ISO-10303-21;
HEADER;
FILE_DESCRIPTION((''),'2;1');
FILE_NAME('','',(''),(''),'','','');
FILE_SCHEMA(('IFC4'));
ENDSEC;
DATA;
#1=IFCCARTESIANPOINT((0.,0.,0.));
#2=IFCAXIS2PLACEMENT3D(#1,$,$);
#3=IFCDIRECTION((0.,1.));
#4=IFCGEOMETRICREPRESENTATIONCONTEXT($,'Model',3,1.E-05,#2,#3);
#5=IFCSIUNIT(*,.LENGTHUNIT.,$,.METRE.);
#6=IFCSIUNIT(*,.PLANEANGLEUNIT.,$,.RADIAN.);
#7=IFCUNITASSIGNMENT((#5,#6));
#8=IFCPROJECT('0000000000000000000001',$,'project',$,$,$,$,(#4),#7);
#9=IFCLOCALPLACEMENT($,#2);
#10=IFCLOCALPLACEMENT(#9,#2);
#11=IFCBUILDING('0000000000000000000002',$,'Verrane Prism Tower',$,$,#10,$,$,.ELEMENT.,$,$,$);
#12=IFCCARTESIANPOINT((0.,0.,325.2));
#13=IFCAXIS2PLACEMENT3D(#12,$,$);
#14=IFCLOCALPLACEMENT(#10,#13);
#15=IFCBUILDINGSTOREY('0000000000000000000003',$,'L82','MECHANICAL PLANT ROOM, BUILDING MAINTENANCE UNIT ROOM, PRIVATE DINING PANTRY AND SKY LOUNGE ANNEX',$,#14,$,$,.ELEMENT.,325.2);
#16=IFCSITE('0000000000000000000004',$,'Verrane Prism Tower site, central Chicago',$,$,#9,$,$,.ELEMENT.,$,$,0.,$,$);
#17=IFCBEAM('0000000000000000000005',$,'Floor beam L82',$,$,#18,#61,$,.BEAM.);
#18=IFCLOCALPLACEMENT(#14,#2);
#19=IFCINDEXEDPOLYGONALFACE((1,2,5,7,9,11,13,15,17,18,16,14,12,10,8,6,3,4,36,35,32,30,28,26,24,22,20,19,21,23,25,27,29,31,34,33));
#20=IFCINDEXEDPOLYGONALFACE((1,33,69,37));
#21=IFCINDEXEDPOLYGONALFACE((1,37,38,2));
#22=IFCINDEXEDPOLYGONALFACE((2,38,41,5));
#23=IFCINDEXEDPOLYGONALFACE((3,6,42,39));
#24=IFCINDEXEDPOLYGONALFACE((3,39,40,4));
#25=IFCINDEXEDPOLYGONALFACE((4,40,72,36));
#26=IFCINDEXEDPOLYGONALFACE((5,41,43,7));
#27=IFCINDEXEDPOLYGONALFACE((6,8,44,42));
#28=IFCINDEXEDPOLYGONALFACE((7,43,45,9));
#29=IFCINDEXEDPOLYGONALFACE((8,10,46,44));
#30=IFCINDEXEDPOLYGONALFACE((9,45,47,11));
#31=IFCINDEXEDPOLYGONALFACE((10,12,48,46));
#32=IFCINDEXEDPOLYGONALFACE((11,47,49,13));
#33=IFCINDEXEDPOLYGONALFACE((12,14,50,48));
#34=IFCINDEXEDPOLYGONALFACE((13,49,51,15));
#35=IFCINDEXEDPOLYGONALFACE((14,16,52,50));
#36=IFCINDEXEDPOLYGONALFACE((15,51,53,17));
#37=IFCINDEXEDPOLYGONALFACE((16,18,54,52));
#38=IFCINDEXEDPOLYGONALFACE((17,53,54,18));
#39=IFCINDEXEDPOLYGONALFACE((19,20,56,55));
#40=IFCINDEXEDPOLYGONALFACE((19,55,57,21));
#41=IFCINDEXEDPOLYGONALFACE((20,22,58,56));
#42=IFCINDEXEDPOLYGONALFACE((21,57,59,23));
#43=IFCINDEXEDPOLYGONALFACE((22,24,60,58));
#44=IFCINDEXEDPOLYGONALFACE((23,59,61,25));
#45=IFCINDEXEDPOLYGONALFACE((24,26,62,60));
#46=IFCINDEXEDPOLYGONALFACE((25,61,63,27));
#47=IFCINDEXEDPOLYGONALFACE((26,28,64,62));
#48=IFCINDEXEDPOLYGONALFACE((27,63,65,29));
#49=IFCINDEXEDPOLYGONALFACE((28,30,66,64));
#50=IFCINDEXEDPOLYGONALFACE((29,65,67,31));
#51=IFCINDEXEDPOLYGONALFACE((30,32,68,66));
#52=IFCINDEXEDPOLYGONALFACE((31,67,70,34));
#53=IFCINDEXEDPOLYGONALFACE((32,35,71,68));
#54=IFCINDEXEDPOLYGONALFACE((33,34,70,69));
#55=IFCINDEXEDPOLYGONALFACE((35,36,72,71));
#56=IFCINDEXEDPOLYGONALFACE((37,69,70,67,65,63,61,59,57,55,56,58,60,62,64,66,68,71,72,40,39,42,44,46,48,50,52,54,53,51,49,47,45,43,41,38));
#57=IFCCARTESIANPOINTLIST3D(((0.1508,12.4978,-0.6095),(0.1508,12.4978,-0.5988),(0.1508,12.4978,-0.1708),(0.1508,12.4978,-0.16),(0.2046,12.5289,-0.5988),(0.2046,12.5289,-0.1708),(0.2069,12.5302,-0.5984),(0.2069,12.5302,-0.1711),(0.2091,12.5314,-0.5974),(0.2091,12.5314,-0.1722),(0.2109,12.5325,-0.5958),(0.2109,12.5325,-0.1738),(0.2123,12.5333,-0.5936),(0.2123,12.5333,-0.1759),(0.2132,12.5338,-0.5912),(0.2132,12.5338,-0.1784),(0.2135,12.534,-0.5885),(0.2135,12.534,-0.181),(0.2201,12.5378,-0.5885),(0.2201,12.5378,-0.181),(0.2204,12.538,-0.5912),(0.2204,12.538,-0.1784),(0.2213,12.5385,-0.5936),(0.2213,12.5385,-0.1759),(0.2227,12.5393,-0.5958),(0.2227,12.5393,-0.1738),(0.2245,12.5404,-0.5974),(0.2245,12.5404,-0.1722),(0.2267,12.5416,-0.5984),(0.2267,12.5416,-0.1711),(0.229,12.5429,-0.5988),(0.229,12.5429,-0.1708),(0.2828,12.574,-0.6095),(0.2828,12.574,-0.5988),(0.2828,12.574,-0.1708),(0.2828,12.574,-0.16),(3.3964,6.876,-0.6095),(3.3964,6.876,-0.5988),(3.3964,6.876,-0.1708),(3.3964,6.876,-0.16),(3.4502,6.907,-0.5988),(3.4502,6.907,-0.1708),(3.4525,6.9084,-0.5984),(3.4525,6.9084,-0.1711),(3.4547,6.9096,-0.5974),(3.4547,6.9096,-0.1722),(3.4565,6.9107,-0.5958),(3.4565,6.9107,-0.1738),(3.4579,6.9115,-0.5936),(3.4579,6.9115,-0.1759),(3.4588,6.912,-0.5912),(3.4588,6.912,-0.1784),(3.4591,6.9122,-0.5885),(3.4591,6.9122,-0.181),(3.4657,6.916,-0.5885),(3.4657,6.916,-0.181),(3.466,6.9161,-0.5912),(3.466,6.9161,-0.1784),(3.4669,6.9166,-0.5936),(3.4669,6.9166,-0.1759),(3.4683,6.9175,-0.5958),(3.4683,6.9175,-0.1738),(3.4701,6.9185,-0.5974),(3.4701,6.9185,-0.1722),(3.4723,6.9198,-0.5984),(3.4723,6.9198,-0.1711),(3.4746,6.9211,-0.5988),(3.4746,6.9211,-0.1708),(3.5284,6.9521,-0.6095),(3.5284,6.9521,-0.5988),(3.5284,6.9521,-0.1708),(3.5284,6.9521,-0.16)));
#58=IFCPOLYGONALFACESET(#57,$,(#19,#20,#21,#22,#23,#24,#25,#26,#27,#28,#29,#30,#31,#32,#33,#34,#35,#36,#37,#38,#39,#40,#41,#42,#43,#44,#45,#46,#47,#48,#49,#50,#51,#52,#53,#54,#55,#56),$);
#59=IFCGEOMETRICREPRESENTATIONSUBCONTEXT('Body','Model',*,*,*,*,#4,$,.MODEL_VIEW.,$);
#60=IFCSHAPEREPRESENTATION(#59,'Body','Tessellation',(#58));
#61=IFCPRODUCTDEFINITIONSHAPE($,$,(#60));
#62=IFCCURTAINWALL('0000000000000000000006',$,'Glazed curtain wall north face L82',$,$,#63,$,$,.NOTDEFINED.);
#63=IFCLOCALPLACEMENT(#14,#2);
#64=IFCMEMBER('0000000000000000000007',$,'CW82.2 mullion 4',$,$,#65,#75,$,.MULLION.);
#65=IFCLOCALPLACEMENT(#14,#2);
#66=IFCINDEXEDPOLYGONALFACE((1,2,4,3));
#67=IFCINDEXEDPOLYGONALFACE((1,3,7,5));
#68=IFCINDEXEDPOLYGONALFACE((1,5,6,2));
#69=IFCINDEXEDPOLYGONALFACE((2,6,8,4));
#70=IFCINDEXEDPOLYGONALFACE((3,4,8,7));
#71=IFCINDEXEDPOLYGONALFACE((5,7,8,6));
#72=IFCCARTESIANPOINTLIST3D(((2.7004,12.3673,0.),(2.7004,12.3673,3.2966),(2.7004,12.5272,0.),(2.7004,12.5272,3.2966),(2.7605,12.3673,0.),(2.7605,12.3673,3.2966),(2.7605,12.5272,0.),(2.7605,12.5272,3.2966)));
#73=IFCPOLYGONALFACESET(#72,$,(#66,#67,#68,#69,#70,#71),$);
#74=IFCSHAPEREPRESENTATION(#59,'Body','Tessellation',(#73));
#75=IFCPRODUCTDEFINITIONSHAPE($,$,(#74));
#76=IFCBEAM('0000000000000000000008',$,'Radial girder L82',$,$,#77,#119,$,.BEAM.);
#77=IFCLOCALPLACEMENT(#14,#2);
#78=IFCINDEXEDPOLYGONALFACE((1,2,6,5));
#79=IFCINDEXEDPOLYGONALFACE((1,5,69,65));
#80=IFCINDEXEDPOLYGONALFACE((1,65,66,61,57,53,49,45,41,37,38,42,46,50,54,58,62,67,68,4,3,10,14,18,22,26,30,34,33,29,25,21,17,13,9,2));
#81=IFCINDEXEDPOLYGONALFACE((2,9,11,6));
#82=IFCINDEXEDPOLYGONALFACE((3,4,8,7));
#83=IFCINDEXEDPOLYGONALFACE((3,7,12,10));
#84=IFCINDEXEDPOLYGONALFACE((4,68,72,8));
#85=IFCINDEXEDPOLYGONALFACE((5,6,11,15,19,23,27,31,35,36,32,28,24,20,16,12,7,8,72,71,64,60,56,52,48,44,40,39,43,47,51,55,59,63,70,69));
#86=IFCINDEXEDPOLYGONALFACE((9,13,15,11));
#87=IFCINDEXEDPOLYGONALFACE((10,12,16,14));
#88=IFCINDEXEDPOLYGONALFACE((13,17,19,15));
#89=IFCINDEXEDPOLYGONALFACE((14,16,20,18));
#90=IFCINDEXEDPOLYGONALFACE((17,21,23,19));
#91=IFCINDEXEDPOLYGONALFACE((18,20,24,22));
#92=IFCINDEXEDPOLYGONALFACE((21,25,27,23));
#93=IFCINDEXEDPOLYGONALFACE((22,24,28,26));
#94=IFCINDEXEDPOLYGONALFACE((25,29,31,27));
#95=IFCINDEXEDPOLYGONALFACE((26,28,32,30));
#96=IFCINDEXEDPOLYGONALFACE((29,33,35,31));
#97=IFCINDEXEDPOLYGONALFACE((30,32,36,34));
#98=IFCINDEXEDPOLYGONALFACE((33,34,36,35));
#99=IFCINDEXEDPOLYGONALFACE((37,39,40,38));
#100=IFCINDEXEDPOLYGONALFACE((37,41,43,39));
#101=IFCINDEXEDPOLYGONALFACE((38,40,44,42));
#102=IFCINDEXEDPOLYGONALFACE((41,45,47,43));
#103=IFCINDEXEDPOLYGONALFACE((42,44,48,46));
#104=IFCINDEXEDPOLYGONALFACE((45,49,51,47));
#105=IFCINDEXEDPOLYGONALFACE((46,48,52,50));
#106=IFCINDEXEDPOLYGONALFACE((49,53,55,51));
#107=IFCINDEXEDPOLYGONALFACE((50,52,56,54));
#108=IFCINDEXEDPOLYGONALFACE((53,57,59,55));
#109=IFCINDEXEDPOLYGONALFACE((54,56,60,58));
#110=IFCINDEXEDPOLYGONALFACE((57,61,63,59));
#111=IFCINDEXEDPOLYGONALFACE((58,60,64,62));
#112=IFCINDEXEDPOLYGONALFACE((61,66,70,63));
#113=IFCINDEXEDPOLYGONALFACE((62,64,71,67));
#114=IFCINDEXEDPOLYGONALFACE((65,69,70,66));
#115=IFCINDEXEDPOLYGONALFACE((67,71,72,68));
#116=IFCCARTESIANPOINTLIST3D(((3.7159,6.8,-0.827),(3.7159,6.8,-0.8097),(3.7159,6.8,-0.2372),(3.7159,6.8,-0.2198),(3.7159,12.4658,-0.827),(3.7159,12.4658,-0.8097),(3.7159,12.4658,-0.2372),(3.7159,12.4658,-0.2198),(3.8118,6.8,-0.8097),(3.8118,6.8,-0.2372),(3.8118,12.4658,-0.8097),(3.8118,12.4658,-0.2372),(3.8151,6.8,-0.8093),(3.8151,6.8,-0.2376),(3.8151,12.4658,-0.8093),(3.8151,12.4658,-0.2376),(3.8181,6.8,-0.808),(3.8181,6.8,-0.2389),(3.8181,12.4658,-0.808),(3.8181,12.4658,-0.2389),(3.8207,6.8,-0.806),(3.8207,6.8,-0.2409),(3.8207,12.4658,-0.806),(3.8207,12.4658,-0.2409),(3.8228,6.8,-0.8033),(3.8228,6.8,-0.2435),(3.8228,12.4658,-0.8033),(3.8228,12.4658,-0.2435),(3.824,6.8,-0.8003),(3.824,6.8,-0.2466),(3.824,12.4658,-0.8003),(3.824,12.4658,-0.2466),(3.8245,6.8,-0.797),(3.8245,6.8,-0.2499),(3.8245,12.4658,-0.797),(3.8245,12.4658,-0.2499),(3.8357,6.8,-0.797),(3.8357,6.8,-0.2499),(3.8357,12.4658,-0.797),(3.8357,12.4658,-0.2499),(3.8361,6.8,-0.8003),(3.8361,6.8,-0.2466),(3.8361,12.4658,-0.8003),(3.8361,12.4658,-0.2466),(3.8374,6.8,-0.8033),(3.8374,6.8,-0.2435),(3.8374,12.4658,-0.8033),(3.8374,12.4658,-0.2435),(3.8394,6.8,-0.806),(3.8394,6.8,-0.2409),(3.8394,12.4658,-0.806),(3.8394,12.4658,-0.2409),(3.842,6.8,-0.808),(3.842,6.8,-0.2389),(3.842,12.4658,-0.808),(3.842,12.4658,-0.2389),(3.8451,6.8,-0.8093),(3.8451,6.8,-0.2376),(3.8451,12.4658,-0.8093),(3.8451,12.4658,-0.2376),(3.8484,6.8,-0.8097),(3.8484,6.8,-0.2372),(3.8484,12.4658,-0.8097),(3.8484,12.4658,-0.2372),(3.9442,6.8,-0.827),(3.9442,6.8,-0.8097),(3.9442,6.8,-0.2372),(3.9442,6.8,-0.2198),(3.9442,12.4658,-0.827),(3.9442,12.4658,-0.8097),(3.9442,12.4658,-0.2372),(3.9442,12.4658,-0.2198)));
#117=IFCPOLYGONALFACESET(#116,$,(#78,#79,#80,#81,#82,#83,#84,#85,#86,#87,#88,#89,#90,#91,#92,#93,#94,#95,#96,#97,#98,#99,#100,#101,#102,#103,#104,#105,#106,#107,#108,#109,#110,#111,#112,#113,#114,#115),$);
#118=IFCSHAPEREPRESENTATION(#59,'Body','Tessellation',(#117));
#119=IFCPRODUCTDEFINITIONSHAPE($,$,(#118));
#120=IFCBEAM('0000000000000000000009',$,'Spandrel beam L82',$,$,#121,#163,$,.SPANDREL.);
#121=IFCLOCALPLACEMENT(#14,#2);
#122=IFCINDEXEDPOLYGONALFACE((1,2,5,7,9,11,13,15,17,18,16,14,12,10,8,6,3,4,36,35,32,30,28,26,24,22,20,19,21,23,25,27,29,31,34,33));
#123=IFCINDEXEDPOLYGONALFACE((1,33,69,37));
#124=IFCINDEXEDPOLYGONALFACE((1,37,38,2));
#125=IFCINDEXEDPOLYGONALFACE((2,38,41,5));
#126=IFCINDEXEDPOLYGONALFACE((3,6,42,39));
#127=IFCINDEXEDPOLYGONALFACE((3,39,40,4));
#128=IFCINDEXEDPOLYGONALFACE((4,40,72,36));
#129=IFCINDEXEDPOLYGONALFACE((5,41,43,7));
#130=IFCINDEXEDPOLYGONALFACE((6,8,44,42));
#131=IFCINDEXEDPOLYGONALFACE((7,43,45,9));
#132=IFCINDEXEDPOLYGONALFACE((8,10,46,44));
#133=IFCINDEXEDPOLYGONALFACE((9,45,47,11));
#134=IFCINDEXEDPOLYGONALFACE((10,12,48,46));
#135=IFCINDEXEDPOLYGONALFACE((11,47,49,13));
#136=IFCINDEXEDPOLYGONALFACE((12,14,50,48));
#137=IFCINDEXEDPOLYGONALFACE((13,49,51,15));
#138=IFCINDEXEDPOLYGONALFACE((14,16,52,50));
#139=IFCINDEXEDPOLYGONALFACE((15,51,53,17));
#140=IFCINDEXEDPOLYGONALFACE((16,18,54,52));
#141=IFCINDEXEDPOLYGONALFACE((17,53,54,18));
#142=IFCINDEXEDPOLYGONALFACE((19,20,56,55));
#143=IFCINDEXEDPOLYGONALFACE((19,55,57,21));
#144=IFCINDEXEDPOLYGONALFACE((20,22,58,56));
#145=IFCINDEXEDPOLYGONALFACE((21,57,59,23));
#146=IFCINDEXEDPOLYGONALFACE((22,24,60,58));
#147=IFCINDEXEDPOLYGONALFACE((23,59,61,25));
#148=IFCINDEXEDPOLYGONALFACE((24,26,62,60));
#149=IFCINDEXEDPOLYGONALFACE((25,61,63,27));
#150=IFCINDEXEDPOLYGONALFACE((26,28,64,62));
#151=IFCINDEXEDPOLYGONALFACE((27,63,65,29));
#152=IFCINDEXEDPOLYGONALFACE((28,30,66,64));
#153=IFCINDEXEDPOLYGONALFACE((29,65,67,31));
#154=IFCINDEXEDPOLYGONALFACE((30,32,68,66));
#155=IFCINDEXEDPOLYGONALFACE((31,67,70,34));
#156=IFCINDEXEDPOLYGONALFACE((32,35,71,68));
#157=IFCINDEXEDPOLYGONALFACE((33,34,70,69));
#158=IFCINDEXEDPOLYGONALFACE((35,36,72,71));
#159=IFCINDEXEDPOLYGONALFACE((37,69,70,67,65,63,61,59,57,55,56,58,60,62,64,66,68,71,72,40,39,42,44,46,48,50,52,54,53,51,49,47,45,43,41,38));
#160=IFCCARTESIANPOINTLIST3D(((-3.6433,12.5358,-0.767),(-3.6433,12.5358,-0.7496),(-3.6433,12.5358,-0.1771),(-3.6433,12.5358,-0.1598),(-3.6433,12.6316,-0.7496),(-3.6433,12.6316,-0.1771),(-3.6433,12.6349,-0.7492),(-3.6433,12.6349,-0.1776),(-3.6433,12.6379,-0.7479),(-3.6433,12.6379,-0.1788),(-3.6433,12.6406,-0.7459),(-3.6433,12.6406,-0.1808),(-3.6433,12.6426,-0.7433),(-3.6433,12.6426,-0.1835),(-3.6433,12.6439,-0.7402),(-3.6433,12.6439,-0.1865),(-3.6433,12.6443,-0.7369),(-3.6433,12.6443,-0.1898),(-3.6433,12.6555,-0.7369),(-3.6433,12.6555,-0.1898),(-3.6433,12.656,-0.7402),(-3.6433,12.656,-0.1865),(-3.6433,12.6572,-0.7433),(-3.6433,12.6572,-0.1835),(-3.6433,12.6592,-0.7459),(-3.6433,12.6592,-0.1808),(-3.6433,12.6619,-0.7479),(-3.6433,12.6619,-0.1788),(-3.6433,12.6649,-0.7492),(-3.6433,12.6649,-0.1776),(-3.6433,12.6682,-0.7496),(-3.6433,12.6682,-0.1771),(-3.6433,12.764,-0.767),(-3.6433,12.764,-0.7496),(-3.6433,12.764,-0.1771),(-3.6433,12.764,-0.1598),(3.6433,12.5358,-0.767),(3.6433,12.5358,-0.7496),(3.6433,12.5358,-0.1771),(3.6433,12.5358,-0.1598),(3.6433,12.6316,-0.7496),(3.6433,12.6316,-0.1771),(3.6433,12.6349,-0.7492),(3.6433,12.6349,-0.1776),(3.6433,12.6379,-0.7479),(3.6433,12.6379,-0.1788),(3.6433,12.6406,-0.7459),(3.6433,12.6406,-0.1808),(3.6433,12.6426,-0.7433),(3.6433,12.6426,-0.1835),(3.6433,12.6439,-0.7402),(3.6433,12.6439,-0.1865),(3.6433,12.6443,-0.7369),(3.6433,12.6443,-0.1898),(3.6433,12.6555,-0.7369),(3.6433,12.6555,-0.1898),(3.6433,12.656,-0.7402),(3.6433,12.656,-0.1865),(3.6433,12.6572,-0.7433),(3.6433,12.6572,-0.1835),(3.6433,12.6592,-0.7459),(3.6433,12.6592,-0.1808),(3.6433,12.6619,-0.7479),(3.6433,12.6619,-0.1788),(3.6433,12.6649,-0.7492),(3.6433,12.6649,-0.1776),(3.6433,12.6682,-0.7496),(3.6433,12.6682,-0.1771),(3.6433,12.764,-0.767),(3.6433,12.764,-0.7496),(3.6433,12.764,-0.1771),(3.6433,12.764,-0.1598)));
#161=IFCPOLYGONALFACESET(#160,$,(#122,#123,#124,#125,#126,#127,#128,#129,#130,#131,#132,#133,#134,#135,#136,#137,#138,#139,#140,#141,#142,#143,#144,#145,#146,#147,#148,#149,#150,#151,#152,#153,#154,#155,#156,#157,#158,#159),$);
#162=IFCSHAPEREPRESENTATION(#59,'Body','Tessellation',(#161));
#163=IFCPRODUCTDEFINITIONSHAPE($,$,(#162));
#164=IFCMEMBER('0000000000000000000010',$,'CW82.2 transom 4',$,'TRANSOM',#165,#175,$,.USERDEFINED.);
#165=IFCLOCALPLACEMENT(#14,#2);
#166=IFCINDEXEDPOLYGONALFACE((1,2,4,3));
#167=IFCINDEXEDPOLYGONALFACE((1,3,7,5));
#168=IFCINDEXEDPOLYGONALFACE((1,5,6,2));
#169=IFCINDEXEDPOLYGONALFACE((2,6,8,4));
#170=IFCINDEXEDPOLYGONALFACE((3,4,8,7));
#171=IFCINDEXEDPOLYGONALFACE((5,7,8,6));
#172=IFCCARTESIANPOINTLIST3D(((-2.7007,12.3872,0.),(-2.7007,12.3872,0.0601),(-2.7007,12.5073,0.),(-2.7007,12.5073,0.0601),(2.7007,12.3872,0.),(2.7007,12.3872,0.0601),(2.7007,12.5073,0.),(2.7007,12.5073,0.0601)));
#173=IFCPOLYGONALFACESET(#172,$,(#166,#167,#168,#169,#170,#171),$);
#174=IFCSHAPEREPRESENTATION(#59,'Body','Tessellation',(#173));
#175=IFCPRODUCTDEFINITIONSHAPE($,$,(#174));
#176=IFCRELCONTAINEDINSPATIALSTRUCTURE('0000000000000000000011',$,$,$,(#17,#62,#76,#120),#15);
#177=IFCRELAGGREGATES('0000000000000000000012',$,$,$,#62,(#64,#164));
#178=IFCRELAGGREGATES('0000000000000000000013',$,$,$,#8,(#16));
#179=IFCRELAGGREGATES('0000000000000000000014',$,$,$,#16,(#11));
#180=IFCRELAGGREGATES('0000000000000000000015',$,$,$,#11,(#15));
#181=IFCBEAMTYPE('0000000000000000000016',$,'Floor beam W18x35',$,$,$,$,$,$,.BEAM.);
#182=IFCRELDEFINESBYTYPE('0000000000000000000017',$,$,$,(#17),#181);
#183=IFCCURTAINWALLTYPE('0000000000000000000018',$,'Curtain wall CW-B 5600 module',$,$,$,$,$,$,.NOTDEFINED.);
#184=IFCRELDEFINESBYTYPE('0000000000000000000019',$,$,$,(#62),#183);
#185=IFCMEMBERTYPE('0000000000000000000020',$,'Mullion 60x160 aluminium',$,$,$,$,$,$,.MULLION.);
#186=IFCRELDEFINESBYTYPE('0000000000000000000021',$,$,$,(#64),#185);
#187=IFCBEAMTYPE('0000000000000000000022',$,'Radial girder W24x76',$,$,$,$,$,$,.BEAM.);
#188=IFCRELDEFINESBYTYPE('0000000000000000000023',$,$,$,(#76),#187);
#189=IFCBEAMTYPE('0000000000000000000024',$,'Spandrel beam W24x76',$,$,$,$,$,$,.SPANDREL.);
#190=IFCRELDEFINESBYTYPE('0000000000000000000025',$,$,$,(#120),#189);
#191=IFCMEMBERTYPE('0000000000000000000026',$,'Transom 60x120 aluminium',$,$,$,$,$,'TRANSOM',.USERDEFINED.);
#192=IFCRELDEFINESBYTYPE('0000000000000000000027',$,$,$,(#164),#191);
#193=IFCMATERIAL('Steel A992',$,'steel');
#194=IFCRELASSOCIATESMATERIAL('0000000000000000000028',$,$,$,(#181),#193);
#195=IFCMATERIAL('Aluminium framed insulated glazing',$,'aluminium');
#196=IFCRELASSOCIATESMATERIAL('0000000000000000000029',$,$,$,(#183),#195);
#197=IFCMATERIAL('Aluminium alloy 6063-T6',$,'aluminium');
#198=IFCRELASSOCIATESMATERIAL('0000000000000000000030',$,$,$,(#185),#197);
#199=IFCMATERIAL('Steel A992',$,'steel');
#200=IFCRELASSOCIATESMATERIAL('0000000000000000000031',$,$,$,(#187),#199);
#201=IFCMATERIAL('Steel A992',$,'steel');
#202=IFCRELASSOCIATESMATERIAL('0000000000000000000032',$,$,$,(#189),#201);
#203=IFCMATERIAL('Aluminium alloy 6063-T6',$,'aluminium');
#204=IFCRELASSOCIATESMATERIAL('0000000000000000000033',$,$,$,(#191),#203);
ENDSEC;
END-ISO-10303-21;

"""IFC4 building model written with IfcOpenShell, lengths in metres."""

from ifc_helpers import new_model, si_unit, direction, frame, origin, origin_2d, place, context, subcontext, project, spatial, rectangle, i_section, extrude, material, material_profile, profile_set, type_object, element, aggregate, save


model = new_model("IFC4")

# Units and contexts
model_context = context("Model", 3, precision=1e-05, world=origin(), true_north=direction((0.0, 1.0)))
body_context = subcontext(model_context, "Body", "Model", "MODEL_VIEW")
ifc_project = project(units=[si_unit("LENGTHUNIT", "METRE"), si_unit("PLANEANGLEUNIT", "RADIAN")], contexts=[model_context])

# Site, building, storey
site_placement = place(None, origin())
site = spatial("IfcSite", under=ifc_project, at=site_placement, Name="Verrane Prism Tower site, central Chicago", CompositionType="ELEMENT", RefElevation=0.0)
building_placement = place(site_placement, origin())
building = spatial("IfcBuilding", under=site, at=building_placement, Name="Verrane Prism Tower", CompositionType="ELEMENT")
storey_placement = place(building_placement, frame((0.0, 0.0, 325.2)))
storey = spatial("IfcBuildingStorey", under=building, at=storey_placement, Name="L82", Description="MECHANICAL PLANT ROOM, BUILDING MAINTENANCE UNIT ROOM, PRIVATE DINING PANTRY AND SKY LOUNGE ANNEX", CompositionType="ELEMENT", Elevation=325.2)

# Beam
ifc_material_1 = material(Name="Steel A992", Category="steel")
ifc_material_profile_1 = material_profile(ifc_material_1, i_section(OverallWidth=0.1523, OverallDepth=0.4495, WebThickness=0.0076, FlangeThickness=0.0107, FilletRadius=0.0103, at=origin_2d()), Name="W18x35")
ifc_profile_set_1 = profile_set([ifc_material_profile_1], Name="Steel A992")
beam_type_1 = type_object("IfcBeamType", Name="Floor beam W18x35", PredefinedType="BEAM", material=ifc_profile_set_1)
beam_1_placement = place(storey_placement, frame((3.4624, 6.9141, -0.3848), z_axis=(-0.499982, 0.866036, 0.0), x_axis=(-0.866036, -0.499982, 0.0)))
element("IfcBeam", 1, at=beam_1_placement, inside=storey, type_object=beam_type_1, Name="Floor beam L82", PredefinedType="BEAM", context=body_context, shape_type="SweptSolid", body=[
    extrude(i_section(OverallWidth=0.1523, OverallDepth=0.4495, WebThickness=0.0076, FlangeThickness=0.0107, FilletRadius=0.0103, at=origin_2d()), origin(), (0.0, 0.0, 1.0), 6.4915),
])

# Curtain wall, member
ifc_material_2 = material(Name="Aluminium framed insulated glazing", Category="aluminium")
curtain_wall_type = type_object("IfcCurtainWallType", Name="Curtain wall CW-B 5600 module", PredefinedType="NOTDEFINED", material=ifc_material_2)
curtain_wall_placement = place(storey_placement, origin())
curtain_wall = element("IfcCurtainWall", 2, at=curtain_wall_placement, inside=storey, type_object=curtain_wall_type, Name="Glazed curtain wall north face L82", PredefinedType="NOTDEFINED")
ifc_material_3 = material(Name="Aluminium alloy 6063-T6", Category="aluminium")
ifc_material_profile_2 = material_profile(ifc_material_3, rectangle(XDim=0.1599, YDim=0.0601, at=origin_2d()), Name="Mullion 60x160 aluminium")
ifc_profile_set_2 = profile_set([ifc_material_profile_2], Name="Aluminium alloy 6063-T6")
member_type_1 = type_object("IfcMemberType", Name="Mullion 60x160 aluminium", PredefinedType="MULLION", material=ifc_profile_set_2)
member_1_placement = place(storey_placement, frame((2.7305, 12.4473, 0.0), z_axis=(0.0, 0.0, 1.0), x_axis=(0.0, -1.0, 0.0)))
member_1 = element("IfcMember", 3, at=member_1_placement, type_object=member_type_1, Name="CW82.2 mullion 4", PredefinedType="MULLION", context=body_context, shape_type="SweptSolid", body=[
    extrude(rectangle(XDim=0.1599, YDim=0.0601, at=origin_2d()), origin(), (0.0, 0.0, 1.0), 3.2966),
])

# Beams
ifc_material_4 = material(Name="Steel A992", Category="steel")
ifc_material_profile_3 = material_profile(ifc_material_4, i_section(OverallWidth=0.2283, OverallDepth=0.6072, WebThickness=0.0112, FlangeThickness=0.0173, FilletRadius=0.0127, at=origin_2d()), Name="W24x76")
ifc_profile_set_3 = profile_set([ifc_material_profile_3], Name="Steel A992")
beam_type_2 = type_object("IfcBeamType", Name="Radial girder W24x76", PredefinedType="BEAM", material=ifc_profile_set_3)
beam_2_placement = place(storey_placement, frame((3.8301, 12.4658, -0.5234), z_axis=(0.0, -1.0, 0.0), x_axis=(1.0, 0.0, 0.0)))
element("IfcBeam", 4, at=beam_2_placement, inside=storey, type_object=beam_type_2, Name="Radial girder L82", PredefinedType="BEAM", context=body_context, shape_type="SweptSolid", body=[
    extrude(i_section(OverallWidth=0.2283, OverallDepth=0.6072, WebThickness=0.0112, FlangeThickness=0.0173, FilletRadius=0.0127, at=origin_2d()), origin(), (0.0, 0.0, 1.0), 5.6658),
])
ifc_material_5 = material(Name="Steel A992", Category="steel")
ifc_material_profile_4 = material_profile(ifc_material_5, i_section(OverallWidth=0.2283, OverallDepth=0.6072, WebThickness=0.0112, FlangeThickness=0.0173, FilletRadius=0.0127, at=origin_2d()), Name="W24x76")
ifc_profile_set_4 = profile_set([ifc_material_profile_4], Name="Steel A992")
beam_type_3 = type_object("IfcBeamType", Name="Spandrel beam W24x76", PredefinedType="SPANDREL", material=ifc_profile_set_4)
beam_3_placement = place(storey_placement, frame((3.6433, 12.6499, -0.4634), z_axis=(-1.0, 0.0, 0.0), x_axis=(0.0, -1.0, 0.0)))
element("IfcBeam", 5, at=beam_3_placement, inside=storey, type_object=beam_type_3, Name="Spandrel beam L82", PredefinedType="SPANDREL", context=body_context, shape_type="SweptSolid", body=[
    extrude(i_section(OverallWidth=0.2283, OverallDepth=0.6072, WebThickness=0.0112, FlangeThickness=0.0173, FilletRadius=0.0127, at=origin_2d()), origin(), (0.0, 0.0, 1.0), 7.2866),
])

# Member
ifc_material_6 = material(Name="Aluminium alloy 6063-T6", Category="aluminium")
ifc_material_profile_5 = material_profile(ifc_material_6, rectangle(XDim=0.1201, YDim=0.0601, at=origin_2d()), Name="Transom 60x120 aluminium")
ifc_profile_set_5 = profile_set([ifc_material_profile_5], Name="Aluminium alloy 6063-T6")
member_type_2 = type_object("IfcMemberType", Name="Transom 60x120 aluminium", ElementType="TRANSOM", PredefinedType="USERDEFINED", material=ifc_profile_set_5)
member_2_placement = place(storey_placement, frame((2.7007, 12.4473, 0.03), z_axis=(-1.0, 0.0, 0.0), x_axis=(0.0, -1.0, 0.0)))
member_2 = element("IfcMember", 6, at=member_2_placement, type_object=member_type_2, Name="CW82.2 transom 4", ObjectType="TRANSOM", PredefinedType="USERDEFINED", context=body_context, shape_type="SweptSolid", body=[
    extrude(rectangle(XDim=0.1201, YDim=0.0601, at=origin_2d()), origin(), (0.0, 0.0, 1.0), 5.4014),
])

aggregate(curtain_wall, [member_1, member_2])

save(model, "model.ifc")
